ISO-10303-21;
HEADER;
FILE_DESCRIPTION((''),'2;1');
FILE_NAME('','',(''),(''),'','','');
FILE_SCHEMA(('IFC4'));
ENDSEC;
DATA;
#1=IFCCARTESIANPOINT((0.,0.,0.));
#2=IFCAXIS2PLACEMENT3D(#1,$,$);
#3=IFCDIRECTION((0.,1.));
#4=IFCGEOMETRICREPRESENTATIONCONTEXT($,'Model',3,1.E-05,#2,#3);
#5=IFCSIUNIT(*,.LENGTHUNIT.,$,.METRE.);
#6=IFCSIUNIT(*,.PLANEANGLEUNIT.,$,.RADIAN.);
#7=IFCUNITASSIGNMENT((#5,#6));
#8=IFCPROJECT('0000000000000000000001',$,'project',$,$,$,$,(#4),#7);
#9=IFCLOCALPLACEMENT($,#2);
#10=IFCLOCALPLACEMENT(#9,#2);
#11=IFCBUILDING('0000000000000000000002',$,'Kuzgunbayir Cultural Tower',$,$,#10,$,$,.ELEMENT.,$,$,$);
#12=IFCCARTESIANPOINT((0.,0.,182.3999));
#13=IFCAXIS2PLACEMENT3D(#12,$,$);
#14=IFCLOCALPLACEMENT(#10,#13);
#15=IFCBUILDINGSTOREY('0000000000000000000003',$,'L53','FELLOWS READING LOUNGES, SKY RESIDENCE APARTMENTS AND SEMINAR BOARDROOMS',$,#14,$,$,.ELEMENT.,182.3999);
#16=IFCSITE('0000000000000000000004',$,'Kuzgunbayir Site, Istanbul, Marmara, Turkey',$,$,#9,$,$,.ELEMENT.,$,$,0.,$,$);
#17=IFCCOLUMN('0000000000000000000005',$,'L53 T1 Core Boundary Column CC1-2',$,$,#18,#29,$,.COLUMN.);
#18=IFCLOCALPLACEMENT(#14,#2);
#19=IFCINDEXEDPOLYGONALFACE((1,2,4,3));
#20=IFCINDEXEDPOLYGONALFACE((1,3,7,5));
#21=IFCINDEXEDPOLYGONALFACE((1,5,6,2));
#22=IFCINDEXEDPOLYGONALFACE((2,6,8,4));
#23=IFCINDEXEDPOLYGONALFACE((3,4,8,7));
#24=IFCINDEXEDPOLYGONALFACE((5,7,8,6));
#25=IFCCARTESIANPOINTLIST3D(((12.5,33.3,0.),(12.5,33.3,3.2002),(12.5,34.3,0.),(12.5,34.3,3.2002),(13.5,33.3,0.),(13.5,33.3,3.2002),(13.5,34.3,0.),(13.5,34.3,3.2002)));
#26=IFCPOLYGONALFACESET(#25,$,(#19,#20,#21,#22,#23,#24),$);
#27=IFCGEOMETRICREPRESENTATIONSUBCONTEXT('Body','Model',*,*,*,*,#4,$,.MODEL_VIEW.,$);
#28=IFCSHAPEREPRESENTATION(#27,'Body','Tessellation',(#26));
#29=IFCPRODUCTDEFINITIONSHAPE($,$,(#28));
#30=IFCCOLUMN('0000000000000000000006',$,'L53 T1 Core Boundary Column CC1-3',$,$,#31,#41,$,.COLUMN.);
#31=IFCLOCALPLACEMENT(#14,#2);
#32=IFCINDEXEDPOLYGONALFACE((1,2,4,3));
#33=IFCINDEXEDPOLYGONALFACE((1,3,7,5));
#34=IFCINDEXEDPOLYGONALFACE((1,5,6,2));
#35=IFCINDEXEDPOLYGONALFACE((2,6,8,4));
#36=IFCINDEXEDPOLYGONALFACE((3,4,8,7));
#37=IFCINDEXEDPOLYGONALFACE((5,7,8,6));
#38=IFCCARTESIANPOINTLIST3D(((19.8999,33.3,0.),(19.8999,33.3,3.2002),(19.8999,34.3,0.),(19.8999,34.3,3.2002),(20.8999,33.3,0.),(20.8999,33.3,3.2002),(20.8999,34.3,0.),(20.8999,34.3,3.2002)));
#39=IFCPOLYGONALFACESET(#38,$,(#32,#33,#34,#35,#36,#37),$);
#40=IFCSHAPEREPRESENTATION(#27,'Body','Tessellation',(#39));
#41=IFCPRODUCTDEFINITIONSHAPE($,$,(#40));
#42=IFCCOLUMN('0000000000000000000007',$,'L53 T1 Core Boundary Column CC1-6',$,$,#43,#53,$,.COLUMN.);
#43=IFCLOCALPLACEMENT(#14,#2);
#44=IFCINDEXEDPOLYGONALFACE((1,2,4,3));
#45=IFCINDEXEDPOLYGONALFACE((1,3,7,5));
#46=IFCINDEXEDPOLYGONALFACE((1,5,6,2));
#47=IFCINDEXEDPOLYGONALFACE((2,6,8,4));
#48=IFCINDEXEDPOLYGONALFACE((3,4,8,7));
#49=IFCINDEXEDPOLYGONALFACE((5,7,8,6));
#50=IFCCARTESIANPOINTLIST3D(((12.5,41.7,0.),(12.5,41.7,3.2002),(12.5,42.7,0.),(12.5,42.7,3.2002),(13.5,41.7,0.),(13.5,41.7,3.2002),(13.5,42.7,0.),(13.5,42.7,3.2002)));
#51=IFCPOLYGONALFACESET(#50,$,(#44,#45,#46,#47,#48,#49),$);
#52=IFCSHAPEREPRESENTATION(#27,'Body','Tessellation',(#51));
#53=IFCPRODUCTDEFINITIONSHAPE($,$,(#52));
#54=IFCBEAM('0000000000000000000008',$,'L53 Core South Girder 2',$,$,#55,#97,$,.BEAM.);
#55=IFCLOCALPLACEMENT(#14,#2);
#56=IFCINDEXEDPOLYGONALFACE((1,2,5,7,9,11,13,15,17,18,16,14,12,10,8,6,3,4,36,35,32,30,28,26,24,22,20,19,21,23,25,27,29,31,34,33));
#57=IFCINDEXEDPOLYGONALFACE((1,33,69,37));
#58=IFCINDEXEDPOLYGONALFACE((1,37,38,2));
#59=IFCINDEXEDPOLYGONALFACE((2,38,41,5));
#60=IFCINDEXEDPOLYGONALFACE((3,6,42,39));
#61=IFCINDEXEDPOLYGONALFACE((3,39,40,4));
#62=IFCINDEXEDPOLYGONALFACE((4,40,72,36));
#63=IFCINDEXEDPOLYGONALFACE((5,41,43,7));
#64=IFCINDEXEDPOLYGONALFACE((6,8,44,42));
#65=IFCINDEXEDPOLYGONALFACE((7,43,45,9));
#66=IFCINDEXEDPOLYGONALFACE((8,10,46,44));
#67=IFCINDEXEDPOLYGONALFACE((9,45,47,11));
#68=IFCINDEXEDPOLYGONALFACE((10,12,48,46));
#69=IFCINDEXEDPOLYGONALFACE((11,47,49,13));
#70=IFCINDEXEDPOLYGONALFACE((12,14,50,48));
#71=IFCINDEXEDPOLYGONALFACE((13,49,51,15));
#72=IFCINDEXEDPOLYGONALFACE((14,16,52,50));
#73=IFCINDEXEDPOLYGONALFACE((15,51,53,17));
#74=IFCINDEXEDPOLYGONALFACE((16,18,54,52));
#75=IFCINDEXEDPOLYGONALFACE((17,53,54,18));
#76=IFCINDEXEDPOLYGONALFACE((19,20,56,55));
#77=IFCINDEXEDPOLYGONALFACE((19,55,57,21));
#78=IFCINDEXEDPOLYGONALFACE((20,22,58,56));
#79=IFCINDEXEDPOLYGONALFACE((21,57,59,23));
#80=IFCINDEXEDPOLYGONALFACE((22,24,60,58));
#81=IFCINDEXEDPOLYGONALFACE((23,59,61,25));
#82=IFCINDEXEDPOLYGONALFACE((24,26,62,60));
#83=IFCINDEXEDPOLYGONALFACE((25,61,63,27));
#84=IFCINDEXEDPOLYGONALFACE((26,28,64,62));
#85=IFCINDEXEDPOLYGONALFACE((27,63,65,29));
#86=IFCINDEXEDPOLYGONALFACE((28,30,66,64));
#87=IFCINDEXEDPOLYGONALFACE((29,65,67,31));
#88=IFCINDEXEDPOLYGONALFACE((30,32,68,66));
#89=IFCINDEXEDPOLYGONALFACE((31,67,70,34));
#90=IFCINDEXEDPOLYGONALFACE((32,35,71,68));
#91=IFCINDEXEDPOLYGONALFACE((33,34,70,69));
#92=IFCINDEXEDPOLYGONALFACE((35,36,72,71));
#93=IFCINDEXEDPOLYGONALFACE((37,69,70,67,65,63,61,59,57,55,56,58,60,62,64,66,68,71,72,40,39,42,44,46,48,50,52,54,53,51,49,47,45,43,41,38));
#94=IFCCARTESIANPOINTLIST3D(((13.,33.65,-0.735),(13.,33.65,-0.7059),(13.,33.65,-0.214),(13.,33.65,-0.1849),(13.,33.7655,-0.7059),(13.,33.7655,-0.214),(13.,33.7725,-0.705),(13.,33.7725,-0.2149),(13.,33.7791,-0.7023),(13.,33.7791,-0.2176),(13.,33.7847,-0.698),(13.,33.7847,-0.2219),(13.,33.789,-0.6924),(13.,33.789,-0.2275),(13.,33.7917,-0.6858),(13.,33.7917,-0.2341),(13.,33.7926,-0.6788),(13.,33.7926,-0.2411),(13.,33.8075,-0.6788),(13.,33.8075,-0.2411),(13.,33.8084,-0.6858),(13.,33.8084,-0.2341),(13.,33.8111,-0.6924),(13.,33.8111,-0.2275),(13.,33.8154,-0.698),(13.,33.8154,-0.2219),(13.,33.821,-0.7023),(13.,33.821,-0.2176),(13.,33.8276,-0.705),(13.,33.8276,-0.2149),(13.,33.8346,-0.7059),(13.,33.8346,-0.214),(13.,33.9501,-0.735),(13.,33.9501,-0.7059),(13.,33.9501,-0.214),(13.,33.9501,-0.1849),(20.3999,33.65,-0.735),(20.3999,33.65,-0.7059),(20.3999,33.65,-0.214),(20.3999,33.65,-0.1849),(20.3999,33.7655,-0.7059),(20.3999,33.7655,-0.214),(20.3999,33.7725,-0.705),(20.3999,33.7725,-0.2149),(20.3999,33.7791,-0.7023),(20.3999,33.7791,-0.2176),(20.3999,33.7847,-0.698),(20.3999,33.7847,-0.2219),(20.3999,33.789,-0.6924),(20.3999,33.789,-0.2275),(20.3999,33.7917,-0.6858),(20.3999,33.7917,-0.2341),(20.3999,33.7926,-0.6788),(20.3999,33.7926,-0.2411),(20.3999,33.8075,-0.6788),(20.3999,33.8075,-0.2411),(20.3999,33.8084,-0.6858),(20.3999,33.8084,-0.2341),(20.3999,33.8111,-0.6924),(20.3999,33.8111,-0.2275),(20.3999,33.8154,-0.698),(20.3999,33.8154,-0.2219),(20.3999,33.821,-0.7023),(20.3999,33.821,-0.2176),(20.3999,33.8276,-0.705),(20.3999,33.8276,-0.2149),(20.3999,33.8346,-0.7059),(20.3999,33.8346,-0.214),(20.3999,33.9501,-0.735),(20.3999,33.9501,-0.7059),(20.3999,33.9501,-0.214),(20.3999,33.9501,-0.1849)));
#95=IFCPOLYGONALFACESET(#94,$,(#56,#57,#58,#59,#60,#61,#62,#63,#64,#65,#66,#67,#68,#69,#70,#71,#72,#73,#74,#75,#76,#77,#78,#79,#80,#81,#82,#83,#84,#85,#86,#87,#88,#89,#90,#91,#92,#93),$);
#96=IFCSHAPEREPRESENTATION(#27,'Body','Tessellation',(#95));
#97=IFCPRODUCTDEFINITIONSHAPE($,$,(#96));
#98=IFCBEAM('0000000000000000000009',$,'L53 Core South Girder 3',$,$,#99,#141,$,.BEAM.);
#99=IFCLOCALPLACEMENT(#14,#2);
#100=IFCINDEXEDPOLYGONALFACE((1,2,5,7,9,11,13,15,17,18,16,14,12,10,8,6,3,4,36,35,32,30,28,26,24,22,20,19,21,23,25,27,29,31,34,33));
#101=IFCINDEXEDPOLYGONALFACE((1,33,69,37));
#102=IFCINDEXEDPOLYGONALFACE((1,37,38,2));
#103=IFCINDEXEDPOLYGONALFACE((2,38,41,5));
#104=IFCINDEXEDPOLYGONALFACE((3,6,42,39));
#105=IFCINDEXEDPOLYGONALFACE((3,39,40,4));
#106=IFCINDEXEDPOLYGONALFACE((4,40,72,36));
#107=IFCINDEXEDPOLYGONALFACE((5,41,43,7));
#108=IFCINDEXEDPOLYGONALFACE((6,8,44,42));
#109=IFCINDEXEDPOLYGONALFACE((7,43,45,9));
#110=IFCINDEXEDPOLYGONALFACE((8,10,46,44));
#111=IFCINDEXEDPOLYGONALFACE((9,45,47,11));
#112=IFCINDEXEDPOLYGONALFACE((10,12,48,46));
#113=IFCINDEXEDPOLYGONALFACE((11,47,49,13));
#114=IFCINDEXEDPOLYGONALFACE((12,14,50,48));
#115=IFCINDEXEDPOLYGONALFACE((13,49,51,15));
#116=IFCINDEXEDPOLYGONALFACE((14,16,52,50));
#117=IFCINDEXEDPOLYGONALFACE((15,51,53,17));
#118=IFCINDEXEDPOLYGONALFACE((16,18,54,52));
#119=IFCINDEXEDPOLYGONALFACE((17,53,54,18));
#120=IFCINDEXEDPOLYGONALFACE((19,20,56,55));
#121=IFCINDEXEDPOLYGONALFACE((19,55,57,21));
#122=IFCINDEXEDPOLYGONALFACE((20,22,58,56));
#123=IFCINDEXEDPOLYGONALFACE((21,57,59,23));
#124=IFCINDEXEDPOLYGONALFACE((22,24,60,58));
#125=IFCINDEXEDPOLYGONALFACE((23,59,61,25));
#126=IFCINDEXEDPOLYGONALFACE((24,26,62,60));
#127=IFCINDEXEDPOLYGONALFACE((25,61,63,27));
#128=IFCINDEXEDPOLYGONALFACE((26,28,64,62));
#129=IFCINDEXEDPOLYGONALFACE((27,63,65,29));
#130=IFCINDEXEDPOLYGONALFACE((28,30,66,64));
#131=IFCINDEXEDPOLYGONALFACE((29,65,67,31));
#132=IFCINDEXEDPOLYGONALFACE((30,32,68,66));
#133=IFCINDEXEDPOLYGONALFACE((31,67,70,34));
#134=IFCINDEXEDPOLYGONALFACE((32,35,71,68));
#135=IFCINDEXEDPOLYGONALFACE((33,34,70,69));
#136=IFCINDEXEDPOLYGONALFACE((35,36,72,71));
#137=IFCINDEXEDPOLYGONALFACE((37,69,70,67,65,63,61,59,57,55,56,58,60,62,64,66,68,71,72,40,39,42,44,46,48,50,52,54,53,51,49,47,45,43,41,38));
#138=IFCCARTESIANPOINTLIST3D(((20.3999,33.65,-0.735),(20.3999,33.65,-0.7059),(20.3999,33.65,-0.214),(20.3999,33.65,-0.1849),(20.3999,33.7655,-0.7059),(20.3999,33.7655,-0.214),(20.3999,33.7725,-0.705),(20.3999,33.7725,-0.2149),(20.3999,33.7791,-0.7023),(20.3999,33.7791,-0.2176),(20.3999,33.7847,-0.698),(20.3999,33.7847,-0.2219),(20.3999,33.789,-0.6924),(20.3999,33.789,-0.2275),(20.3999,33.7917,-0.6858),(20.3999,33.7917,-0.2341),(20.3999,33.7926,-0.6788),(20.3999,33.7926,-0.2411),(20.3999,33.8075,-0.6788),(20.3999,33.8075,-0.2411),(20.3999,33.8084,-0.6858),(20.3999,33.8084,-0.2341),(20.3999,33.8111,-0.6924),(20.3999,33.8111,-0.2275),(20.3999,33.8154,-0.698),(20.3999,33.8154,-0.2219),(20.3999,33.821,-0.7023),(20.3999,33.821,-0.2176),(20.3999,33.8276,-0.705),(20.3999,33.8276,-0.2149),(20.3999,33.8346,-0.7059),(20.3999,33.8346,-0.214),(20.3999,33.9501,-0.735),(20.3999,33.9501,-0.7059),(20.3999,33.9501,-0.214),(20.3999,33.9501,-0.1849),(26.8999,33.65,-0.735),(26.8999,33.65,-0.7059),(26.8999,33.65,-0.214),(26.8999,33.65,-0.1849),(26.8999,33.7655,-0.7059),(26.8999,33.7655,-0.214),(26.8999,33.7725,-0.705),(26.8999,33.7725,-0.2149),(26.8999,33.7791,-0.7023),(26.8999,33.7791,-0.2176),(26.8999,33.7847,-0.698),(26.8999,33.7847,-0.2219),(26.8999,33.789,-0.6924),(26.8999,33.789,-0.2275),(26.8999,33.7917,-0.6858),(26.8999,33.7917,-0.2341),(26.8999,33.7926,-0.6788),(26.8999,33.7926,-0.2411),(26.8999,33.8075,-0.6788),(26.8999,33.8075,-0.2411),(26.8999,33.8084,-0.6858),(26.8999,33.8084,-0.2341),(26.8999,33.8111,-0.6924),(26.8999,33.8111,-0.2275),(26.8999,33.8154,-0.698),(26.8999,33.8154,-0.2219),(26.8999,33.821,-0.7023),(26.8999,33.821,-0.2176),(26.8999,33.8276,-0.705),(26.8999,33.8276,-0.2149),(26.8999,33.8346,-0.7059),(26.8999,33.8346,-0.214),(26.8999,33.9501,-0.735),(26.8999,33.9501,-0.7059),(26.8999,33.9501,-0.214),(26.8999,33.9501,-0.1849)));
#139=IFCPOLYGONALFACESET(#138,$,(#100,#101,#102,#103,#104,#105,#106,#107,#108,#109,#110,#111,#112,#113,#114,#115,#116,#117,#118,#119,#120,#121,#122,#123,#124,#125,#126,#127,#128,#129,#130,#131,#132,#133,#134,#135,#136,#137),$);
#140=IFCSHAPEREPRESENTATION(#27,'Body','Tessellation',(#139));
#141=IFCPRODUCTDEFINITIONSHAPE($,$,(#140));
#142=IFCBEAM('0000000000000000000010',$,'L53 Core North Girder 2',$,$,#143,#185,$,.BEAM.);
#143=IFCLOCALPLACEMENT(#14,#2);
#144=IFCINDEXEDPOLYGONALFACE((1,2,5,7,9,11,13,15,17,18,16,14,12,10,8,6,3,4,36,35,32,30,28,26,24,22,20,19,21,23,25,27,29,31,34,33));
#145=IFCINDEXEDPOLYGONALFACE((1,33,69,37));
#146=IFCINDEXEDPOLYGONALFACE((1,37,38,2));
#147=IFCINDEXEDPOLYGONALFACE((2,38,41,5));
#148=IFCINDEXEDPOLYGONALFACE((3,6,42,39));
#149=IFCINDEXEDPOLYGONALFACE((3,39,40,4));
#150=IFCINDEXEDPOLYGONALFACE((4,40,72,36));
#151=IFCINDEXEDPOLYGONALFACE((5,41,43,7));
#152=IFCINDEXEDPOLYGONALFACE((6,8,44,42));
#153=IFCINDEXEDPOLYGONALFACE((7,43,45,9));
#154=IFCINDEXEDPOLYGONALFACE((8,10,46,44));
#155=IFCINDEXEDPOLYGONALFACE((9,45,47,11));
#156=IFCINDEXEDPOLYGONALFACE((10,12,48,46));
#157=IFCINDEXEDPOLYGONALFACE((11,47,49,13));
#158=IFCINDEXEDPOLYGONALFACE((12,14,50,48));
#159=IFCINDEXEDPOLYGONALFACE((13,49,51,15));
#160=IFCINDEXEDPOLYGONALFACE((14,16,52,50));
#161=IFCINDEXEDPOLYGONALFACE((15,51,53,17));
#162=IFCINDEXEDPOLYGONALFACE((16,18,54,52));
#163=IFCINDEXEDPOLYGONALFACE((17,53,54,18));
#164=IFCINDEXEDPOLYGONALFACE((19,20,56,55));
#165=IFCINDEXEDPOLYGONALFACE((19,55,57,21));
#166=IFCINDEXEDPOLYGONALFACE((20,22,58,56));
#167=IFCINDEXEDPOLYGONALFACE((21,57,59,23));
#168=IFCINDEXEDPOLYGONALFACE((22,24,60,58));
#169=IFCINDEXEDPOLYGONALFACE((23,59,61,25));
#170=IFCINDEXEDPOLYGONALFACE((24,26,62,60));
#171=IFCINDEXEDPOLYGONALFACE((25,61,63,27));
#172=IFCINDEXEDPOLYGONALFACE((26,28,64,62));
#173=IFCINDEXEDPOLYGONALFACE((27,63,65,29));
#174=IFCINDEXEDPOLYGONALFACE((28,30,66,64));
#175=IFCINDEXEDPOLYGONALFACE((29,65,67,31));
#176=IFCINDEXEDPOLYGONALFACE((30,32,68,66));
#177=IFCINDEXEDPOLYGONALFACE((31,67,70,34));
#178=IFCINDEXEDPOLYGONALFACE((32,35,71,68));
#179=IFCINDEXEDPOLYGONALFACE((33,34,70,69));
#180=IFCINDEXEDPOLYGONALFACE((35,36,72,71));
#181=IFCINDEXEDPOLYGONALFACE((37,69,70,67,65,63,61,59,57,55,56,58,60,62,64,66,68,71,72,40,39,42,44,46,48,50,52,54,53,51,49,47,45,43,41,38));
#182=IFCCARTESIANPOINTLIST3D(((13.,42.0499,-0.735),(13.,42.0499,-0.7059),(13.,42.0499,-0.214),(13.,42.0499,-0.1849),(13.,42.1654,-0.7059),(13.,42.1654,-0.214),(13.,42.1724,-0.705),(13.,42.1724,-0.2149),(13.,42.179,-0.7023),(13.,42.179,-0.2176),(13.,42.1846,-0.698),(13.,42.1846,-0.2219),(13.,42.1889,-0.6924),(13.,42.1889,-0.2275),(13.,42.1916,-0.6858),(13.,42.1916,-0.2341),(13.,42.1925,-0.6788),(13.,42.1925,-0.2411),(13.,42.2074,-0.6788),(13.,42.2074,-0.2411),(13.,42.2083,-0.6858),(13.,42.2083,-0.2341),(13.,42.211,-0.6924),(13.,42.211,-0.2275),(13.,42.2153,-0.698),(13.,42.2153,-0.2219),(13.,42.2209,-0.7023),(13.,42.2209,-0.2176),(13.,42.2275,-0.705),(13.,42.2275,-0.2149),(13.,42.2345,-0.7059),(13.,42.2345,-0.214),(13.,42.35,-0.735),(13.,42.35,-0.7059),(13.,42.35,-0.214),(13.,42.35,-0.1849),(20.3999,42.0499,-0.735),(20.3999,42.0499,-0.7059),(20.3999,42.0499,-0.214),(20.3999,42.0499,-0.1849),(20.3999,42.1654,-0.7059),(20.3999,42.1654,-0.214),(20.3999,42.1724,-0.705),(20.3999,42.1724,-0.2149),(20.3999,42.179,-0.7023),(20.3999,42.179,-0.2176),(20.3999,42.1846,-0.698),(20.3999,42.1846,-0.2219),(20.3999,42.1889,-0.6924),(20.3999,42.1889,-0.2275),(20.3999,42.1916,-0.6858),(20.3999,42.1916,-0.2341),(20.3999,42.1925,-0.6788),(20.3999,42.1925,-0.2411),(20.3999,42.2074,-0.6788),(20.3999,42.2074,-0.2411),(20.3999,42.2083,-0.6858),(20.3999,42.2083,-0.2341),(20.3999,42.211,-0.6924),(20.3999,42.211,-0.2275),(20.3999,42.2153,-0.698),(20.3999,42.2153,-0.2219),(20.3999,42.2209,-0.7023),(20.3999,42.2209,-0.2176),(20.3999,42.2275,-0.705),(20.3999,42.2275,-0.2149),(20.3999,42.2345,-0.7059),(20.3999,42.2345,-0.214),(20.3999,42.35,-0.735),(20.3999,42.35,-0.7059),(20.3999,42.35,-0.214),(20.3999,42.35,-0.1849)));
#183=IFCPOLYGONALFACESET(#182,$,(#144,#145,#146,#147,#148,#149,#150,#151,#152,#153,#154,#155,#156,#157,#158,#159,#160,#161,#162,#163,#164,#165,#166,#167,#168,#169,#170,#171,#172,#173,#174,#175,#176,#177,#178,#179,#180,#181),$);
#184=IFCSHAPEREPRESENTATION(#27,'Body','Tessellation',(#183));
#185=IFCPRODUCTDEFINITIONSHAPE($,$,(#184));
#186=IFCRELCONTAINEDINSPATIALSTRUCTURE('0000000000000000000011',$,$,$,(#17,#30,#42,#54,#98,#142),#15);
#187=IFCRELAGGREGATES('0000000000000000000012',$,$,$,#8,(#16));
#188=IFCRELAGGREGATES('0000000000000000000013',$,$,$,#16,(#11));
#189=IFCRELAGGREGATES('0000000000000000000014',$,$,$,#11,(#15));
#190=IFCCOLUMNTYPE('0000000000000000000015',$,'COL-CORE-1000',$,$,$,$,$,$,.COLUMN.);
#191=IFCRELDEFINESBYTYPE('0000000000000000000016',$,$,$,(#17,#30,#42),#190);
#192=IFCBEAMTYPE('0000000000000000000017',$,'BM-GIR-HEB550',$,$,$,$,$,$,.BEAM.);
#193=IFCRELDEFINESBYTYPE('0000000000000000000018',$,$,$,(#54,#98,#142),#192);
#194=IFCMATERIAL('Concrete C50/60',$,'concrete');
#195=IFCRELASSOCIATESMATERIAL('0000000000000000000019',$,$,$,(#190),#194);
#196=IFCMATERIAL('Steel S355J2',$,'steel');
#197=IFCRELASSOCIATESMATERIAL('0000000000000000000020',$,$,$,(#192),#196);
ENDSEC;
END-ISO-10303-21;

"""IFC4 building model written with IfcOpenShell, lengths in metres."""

from ifc_helpers import new_model, si_unit, direction, frame, origin, origin_2d, place, context, subcontext, project, spatial, rectangle, i_section, extrude, material, material_profile, profile_set, type_object, element, save


model = new_model("IFC4")

# Units and contexts
model_context = context("Model", 3, precision=1e-05, world=origin(), true_north=direction((0.0, 1.0)))
body_context = subcontext(model_context, "Body", "Model", "MODEL_VIEW")
ifc_project = project(units=[si_unit("LENGTHUNIT", "METRE"), si_unit("PLANEANGLEUNIT", "RADIAN")], contexts=[model_context])

# Site, building, storey
site_placement = place(None, origin())
site = spatial("IfcSite", under=ifc_project, at=site_placement, Name="Kuzgunbayir Site, Istanbul, Marmara, Turkey", CompositionType="ELEMENT", RefElevation=0.0)
building_placement = place(site_placement, origin())
building = spatial("IfcBuilding", under=site, at=building_placement, Name="Kuzgunbayir Cultural Tower", CompositionType="ELEMENT")
storey_placement = place(building_placement, frame((0.0, 0.0, 182.3999)))
storey = spatial("IfcBuildingStorey", under=building, at=storey_placement, Name="L53", Description="FELLOWS READING LOUNGES, SKY RESIDENCE APARTMENTS AND SEMINAR BOARDROOMS", CompositionType="ELEMENT", Elevation=182.3999)

# Columns
ifc_material_1 = material(Name="Concrete C50/60", Category="concrete")
ifc_material_profile_1 = material_profile(ifc_material_1, rectangle(XDim=1.0, YDim=1.0, at=origin_2d()), Name="RC 1000x1000")
ifc_profile_set_1 = profile_set([ifc_material_profile_1], Name="Concrete C50/60")
column_type = type_object("IfcColumnType", Name="COL-CORE-1000", PredefinedType="COLUMN", material=ifc_profile_set_1)
for number, where, z_axis, x_axis, name in (
    (1, (13.0, 33.8, 0.0), (0.0, 0.0, 1.0), (1.0, 0.0, 0.0), "L53 T1 Core Boundary Column CC1-2"),
    (2, (20.3999, 33.8, 0.0), (0.0, 0.0, 1.0), (1.0, 0.0, 0.0), "L53 T1 Core Boundary Column CC1-3"),
    (3, (13.0, 42.2, 0.0), (0.0, 0.0, 1.0), (1.0, 0.0, 0.0), "L53 T1 Core Boundary Column CC1-6"),
):
    element("IfcColumn", number, at=place(storey_placement, frame(where, z_axis=z_axis, x_axis=x_axis)), inside=storey, type_object=column_type, Name=name, PredefinedType="COLUMN", context=body_context, shape_type="SweptSolid", body=[
        extrude(rectangle(XDim=1.0, YDim=1.0, at=origin_2d()), origin(), (0.0, 0.0, 1.0), 3.2002),
    ])

# Beams
ifc_material_2 = material(Name="Steel S355J2", Category="steel")
ifc_material_profile_2 = material_profile(ifc_material_2, i_section(OverallWidth=0.3, OverallDepth=0.55, WebThickness=0.0149, FlangeThickness=0.0291, FilletRadius=0.0271, at=origin_2d()), Name="HEB 550")
ifc_profile_set_2 = profile_set([ifc_material_profile_2], Name="Steel S355J2")
beam_type = type_object("IfcBeamType", Name="BM-GIR-HEB550", PredefinedType="BEAM", material=ifc_profile_set_2)
beam_1_placement = place(storey_placement, frame((13.0, 33.8, -0.46), z_axis=(1.0, 0.0, 0.0), x_axis=(0.0, 1.0, 0.0)))
element("IfcBeam", 4, at=beam_1_placement, inside=storey, type_object=beam_type, Name="L53 Core South Girder 2", PredefinedType="BEAM", context=body_context, shape_type="SweptSolid", body=[
    extrude(i_section(OverallWidth=0.3, OverallDepth=0.55, WebThickness=0.0149, FlangeThickness=0.0291, FilletRadius=0.0271, at=origin_2d()), origin(), (0.0, 0.0, 1.0), 7.3999),
])
beam_2_placement = place(storey_placement, frame((20.3999, 33.8, -0.46), z_axis=(1.0, 0.0, 0.0), x_axis=(0.0, 1.0, 0.0)))
element("IfcBeam", 5, at=beam_2_placement, inside=storey, type_object=beam_type, Name="L53 Core South Girder 3", PredefinedType="BEAM", context=body_context, shape_type="SweptSolid", body=[
    extrude(i_section(OverallWidth=0.3, OverallDepth=0.55, WebThickness=0.0149, FlangeThickness=0.0291, FilletRadius=0.0271, at=origin_2d()), origin(), (0.0, 0.0, 1.0), 6.5),
])
beam_3_placement = place(storey_placement, frame((13.0, 42.2, -0.46), z_axis=(1.0, 0.0, 0.0), x_axis=(0.0, 1.0, 0.0)))
element("IfcBeam", 6, at=beam_3_placement, inside=storey, type_object=beam_type, Name="L53 Core North Girder 2", PredefinedType="BEAM", context=body_context, shape_type="SweptSolid", body=[
    extrude(i_section(OverallWidth=0.3, OverallDepth=0.55, WebThickness=0.0149, FlangeThickness=0.0291, FilletRadius=0.0271, at=origin_2d()), origin(), (0.0, 0.0, 1.0), 7.3999),
])

save(model, "model.ifc")
